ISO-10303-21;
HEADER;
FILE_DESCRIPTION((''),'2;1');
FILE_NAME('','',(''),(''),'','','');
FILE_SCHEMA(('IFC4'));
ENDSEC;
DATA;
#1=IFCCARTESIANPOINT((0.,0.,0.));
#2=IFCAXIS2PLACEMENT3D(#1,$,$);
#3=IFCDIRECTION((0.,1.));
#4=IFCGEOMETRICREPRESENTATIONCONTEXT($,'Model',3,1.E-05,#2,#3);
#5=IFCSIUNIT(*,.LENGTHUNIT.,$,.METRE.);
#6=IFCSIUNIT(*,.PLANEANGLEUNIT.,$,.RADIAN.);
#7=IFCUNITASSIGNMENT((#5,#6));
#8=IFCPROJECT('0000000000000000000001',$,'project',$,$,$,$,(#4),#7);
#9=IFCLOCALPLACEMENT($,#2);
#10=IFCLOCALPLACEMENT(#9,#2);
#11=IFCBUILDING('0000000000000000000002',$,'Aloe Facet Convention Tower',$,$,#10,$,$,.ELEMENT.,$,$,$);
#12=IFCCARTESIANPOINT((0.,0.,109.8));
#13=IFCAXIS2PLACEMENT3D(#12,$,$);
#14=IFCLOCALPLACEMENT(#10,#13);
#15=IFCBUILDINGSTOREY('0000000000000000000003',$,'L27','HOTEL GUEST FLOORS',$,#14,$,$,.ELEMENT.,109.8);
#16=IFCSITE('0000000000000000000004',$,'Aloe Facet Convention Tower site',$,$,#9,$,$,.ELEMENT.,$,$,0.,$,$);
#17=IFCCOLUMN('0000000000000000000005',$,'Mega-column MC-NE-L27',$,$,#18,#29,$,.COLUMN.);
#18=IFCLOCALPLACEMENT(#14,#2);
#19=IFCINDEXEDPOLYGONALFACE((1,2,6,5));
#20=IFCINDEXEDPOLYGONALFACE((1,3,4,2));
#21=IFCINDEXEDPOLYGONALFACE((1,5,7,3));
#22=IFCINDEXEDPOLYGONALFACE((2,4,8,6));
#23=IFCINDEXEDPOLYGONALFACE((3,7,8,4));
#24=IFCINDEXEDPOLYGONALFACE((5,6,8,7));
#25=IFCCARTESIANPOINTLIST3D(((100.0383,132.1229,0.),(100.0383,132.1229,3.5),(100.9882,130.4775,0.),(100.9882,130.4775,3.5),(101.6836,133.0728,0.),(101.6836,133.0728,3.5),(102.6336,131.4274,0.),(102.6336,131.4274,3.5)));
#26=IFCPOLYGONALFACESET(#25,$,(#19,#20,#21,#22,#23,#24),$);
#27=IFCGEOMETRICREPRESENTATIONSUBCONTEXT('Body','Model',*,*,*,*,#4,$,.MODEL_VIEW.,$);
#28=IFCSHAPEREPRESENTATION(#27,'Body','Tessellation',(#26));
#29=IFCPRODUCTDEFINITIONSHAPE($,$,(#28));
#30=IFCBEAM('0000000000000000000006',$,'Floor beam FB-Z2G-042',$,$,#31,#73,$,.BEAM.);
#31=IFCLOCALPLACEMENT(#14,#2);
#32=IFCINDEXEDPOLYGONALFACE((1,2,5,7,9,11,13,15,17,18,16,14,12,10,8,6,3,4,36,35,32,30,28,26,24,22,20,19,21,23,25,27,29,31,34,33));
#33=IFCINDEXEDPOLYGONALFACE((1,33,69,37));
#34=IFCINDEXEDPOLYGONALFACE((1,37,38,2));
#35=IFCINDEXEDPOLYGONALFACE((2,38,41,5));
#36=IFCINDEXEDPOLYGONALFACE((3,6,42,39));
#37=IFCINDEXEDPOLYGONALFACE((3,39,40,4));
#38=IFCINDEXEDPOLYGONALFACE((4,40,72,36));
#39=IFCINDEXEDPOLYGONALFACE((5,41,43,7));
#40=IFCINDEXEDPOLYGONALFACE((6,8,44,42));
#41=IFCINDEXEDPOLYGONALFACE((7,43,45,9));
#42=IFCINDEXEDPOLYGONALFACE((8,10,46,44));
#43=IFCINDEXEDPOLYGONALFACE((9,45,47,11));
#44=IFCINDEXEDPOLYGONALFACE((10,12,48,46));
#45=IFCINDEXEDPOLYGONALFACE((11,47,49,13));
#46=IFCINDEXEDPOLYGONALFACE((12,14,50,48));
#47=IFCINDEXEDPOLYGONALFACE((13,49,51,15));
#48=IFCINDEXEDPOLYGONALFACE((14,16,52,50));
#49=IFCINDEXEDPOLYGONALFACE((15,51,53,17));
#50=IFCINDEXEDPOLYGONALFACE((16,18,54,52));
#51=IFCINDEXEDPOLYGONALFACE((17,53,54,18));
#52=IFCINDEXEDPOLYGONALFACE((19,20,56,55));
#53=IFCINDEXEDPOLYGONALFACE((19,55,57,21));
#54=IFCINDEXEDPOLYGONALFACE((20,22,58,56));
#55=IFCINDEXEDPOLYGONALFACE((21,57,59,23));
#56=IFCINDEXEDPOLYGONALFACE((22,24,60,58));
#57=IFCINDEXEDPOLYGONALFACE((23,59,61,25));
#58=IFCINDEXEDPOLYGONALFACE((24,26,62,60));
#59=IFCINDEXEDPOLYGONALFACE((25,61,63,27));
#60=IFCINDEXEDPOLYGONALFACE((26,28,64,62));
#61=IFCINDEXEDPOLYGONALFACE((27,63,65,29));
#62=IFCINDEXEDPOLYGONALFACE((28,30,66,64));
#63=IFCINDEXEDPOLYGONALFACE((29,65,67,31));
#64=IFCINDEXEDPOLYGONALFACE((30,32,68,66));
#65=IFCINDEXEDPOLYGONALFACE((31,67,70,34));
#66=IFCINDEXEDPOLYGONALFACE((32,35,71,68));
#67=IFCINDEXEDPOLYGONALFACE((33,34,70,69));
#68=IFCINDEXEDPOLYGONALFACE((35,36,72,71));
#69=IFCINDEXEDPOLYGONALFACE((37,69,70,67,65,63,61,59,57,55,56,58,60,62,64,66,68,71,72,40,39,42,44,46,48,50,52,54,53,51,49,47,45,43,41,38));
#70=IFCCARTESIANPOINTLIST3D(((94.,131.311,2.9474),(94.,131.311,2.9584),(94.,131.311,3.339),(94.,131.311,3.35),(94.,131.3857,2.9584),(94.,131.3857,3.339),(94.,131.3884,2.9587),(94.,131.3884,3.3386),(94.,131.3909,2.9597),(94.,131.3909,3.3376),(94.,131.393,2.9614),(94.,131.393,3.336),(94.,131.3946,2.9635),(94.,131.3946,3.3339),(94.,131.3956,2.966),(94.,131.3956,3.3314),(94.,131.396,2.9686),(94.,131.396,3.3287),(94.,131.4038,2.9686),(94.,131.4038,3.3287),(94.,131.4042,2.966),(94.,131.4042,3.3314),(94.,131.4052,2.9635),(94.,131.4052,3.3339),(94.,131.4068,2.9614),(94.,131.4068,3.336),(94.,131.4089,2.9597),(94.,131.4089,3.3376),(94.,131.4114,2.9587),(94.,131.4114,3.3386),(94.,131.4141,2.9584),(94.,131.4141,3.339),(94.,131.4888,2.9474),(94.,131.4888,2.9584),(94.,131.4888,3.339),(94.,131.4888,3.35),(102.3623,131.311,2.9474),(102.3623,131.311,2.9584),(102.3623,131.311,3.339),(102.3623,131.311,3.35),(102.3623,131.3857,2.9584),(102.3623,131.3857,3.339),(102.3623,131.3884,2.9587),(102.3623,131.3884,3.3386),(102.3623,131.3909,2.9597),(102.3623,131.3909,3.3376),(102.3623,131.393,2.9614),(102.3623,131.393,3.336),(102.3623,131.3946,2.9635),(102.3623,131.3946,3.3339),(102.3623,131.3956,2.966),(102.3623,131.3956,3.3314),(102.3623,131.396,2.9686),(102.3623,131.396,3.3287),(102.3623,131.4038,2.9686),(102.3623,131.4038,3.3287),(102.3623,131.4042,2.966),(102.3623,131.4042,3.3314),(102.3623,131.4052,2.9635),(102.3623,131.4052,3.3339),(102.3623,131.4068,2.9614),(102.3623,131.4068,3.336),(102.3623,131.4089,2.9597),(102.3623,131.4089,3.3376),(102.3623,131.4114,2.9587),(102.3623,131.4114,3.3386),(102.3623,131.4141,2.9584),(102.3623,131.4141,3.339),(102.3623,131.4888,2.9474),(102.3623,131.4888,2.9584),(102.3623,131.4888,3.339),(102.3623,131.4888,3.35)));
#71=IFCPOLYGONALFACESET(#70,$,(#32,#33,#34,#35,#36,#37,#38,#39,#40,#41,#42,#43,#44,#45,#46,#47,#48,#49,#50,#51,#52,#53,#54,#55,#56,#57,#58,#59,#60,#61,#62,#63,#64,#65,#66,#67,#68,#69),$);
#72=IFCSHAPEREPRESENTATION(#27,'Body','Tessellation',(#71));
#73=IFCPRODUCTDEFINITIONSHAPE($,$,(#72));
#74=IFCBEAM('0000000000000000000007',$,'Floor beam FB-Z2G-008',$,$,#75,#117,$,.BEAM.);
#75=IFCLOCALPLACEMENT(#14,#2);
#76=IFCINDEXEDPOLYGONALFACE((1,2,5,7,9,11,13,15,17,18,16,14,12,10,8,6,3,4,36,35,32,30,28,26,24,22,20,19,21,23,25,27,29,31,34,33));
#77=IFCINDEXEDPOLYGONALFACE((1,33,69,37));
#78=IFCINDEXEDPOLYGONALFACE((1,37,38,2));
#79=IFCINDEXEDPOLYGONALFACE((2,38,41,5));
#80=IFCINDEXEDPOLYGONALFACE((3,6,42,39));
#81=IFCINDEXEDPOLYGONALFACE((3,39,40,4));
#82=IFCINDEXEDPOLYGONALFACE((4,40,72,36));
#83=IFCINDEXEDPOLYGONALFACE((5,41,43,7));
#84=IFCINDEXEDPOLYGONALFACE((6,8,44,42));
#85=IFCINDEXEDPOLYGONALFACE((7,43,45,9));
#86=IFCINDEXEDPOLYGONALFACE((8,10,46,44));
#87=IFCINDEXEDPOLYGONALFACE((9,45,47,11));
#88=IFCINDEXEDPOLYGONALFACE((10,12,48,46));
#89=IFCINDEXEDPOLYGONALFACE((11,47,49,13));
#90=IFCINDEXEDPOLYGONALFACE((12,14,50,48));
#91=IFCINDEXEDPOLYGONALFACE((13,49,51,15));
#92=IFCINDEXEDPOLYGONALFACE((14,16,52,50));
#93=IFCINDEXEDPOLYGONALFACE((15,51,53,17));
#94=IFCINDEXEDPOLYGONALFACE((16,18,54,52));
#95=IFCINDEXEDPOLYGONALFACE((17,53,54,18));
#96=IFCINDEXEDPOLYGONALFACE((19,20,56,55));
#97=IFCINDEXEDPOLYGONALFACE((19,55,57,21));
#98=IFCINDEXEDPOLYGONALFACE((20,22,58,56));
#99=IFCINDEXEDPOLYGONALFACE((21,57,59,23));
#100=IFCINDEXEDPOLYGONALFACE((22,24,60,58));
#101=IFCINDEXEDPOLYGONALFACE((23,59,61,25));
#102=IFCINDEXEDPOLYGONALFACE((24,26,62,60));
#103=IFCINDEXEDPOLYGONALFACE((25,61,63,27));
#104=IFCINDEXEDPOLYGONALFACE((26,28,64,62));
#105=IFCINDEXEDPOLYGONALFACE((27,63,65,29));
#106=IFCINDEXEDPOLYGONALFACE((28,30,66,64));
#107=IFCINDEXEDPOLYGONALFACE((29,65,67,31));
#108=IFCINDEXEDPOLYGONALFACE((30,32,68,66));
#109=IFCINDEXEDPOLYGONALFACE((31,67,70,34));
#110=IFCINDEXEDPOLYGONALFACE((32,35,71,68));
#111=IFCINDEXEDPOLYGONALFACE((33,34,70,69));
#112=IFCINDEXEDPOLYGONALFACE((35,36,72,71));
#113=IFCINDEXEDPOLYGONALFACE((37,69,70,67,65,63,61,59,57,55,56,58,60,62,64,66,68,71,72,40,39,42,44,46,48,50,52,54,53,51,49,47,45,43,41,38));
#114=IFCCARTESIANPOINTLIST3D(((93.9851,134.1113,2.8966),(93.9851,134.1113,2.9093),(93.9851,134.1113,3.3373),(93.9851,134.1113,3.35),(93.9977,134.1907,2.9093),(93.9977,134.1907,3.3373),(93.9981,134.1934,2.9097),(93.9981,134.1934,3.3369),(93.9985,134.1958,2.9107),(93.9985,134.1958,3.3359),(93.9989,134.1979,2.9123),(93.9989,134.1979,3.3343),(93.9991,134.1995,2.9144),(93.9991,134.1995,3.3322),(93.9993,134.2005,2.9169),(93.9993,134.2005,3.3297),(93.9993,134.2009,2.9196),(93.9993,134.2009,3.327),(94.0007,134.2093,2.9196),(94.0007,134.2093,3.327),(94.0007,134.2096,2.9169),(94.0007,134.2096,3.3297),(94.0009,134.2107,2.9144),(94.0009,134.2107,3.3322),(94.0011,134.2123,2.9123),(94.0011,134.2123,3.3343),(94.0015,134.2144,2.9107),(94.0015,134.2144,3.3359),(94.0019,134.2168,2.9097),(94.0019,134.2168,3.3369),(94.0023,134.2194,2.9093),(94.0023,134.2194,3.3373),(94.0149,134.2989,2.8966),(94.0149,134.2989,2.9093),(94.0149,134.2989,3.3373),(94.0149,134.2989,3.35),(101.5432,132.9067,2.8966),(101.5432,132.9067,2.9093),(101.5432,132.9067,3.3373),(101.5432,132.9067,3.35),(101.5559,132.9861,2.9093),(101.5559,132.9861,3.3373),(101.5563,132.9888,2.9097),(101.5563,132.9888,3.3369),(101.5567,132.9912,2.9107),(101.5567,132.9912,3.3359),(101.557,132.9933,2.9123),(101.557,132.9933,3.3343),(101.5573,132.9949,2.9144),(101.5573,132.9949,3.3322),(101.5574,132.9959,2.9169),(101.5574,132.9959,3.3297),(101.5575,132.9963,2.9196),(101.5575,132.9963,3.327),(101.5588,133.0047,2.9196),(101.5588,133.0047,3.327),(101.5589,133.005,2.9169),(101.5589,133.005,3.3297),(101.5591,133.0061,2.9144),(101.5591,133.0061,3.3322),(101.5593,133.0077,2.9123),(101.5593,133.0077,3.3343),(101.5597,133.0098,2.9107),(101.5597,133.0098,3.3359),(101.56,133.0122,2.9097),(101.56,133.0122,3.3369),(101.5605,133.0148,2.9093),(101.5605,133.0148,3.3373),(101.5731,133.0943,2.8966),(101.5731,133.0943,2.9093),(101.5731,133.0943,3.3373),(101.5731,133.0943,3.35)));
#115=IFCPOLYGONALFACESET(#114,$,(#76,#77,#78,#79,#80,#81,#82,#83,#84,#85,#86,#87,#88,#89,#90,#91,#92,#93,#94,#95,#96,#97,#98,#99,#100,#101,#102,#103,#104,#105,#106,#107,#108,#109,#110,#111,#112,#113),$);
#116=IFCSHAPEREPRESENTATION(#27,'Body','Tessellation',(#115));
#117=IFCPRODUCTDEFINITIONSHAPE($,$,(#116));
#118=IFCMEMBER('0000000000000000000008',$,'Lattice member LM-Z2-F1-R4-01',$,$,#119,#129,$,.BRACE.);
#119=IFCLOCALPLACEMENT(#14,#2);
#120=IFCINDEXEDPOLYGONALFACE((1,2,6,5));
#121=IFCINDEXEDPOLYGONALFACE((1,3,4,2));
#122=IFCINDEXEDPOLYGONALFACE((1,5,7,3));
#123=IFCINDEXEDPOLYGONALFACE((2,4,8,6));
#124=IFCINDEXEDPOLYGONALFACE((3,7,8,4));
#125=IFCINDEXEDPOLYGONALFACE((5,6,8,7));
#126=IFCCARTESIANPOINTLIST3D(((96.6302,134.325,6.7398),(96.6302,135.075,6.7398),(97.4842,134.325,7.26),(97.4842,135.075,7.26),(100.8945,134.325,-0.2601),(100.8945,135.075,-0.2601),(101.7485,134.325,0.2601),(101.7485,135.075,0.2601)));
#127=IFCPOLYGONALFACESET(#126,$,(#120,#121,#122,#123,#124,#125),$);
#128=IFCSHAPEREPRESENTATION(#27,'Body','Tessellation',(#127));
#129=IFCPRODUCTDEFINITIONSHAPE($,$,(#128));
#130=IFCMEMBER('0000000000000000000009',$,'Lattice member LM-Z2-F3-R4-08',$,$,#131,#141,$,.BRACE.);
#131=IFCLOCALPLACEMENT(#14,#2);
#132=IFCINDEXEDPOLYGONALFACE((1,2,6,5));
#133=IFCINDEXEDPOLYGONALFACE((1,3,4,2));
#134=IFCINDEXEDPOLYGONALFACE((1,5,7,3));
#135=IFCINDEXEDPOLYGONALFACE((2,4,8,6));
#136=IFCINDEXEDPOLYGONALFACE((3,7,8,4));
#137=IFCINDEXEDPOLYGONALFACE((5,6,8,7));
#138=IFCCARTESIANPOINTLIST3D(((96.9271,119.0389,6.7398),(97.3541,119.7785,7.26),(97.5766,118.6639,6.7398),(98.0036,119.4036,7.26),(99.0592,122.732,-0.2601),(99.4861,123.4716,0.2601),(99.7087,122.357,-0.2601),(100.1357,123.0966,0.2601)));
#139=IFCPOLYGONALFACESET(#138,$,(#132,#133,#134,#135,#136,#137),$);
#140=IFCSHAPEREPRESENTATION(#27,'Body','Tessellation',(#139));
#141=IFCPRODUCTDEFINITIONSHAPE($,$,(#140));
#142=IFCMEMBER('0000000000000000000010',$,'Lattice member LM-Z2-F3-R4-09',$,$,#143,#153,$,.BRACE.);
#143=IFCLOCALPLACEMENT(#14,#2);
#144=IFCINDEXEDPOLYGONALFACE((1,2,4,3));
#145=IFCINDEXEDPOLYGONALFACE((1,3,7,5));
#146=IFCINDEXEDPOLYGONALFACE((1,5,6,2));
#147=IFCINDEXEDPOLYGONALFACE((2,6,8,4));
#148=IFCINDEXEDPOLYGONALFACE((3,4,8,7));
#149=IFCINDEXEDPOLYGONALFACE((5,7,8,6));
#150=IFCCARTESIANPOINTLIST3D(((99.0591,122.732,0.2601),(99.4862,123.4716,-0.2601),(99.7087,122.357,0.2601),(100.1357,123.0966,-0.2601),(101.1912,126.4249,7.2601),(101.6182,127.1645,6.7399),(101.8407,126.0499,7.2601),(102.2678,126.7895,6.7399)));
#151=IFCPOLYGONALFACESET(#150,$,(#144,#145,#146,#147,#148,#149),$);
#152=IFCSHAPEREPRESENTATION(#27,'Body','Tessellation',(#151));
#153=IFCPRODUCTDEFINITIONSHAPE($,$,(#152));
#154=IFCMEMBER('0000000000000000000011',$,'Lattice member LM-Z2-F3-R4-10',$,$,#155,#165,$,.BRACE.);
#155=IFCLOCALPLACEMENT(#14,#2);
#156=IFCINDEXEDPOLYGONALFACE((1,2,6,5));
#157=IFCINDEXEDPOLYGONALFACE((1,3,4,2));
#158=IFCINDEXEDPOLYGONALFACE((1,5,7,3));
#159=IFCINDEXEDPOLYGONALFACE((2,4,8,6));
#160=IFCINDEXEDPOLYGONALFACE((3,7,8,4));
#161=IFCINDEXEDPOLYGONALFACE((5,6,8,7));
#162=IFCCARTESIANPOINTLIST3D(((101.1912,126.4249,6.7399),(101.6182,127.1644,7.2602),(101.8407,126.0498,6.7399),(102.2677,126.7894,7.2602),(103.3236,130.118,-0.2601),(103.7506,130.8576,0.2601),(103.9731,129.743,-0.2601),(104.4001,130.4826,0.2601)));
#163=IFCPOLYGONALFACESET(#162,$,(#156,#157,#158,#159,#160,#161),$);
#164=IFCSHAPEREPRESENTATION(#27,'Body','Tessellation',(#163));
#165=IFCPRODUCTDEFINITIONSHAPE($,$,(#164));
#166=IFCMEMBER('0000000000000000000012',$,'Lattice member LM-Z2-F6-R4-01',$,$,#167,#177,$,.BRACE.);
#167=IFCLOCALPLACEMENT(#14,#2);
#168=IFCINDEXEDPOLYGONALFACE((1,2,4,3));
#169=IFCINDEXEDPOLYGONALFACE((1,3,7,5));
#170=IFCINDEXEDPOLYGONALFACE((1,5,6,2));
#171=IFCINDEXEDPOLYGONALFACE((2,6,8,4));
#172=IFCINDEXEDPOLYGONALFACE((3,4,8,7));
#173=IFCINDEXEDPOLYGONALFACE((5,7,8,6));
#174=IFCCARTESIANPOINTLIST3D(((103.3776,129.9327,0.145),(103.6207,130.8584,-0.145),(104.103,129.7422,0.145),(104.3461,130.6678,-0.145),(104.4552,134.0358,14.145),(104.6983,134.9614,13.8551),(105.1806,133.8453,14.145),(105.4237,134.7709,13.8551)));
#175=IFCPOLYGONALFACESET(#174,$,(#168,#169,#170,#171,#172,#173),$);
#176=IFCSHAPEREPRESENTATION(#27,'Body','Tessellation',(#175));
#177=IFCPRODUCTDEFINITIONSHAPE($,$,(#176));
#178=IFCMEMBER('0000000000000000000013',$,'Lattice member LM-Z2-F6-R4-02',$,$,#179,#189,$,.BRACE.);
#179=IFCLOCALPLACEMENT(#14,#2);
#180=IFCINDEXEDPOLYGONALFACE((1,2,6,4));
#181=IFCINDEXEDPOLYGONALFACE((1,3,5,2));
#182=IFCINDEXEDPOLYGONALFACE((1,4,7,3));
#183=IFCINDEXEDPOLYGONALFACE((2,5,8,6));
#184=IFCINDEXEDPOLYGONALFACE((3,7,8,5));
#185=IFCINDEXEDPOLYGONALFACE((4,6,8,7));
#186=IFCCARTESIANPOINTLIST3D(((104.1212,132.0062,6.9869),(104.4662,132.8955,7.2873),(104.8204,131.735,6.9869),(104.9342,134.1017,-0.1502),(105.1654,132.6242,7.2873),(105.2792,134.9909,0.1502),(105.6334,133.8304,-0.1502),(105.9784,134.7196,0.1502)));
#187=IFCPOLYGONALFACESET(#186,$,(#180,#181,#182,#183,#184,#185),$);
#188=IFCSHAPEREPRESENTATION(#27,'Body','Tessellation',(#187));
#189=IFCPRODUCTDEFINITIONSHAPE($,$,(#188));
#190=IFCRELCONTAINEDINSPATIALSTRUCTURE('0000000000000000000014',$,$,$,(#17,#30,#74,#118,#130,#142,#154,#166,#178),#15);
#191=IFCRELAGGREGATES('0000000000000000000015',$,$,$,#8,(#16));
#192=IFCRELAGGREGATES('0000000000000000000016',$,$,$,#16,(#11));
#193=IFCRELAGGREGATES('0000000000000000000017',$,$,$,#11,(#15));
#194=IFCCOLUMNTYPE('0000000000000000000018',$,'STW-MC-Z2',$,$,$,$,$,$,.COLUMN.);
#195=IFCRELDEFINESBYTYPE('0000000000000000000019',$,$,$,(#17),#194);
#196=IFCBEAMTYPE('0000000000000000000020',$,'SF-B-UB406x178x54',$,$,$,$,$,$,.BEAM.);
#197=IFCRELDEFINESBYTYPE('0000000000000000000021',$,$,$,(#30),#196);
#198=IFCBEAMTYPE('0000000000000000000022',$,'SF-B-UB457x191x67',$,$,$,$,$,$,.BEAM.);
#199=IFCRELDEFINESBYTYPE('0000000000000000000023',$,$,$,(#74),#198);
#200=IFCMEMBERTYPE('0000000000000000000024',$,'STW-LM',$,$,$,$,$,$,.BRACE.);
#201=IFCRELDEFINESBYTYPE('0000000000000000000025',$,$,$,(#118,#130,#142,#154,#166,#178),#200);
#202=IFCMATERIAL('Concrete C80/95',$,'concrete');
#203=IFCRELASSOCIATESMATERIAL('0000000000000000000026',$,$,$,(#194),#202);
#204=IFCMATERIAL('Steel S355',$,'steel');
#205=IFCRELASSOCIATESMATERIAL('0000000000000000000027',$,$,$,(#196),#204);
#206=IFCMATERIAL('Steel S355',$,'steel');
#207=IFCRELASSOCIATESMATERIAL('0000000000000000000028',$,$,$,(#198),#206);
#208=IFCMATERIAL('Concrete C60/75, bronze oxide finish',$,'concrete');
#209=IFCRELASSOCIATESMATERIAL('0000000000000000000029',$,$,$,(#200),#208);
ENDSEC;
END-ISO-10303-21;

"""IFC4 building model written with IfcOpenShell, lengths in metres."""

from ifc_helpers import new_model, si_unit, direction, frame, origin, origin_2d, place, context, subcontext, project, spatial, rectangle, i_section, extrude, material, material_profile, profile_set, type_object, element, save


model = new_model("IFC4")

# Units and contexts
model_context = context("Model", 3, precision=1e-05, world=origin(), true_north=direction((0.0, 1.0)))
body_context = subcontext(model_context, "Body", "Model", "MODEL_VIEW")
ifc_project = project(units=[si_unit("LENGTHUNIT", "METRE"), si_unit("PLANEANGLEUNIT", "RADIAN")], contexts=[model_context])

# Site, building, storey
site_placement = place(None, origin())
site = spatial("IfcSite", under=ifc_project, at=site_placement, Name="Aloe Facet Convention Tower site", CompositionType="ELEMENT", RefElevation=0.0)
building_placement = place(site_placement, origin())
building = spatial("IfcBuilding", under=site, at=building_placement, Name="Aloe Facet Convention Tower", CompositionType="ELEMENT")
storey_placement = place(building_placement, frame((0.0, 0.0, 109.8)))
storey = spatial("IfcBuildingStorey", under=building, at=storey_placement, Name="L27", Description="HOTEL GUEST FLOORS", CompositionType="ELEMENT", Elevation=109.8)

# Column
ifc_material_1 = material(Name="Concrete C80/95", Category="concrete")
ifc_material_profile_1 = material_profile(ifc_material_1, rectangle(XDim=1.8999, YDim=1.8999, at=origin_2d()), Name="STW-MC-Z2")
ifc_profile_set_1 = profile_set([ifc_material_profile_1], Name="Concrete C80/95")
column_type = type_object("IfcColumnType", Name="STW-MC-Z2", PredefinedType="COLUMN", material=ifc_profile_set_1)
column_placement = place(storey_placement, frame((101.3359, 131.7751, 0.0), z_axis=(0.0, 0.0, 1.0), x_axis=(-0.5, 0.866025, 0.0)))
element("IfcColumn", 1, at=column_placement, inside=storey, type_object=column_type, Name="Mega-column MC-NE-L27", PredefinedType="COLUMN", context=body_context, shape_type="SweptSolid", body=[
    extrude(rectangle(XDim=1.8999, YDim=1.8999, at=origin_2d()), origin(), (0.0, 0.0, 1.0), 3.5),
])

# Beams
ifc_material_2 = material(Name="Steel S355", Category="steel")
ifc_material_profile_2 = material_profile(ifc_material_2, i_section(OverallWidth=0.1777, OverallDepth=0.4026, WebThickness=0.0078, FlangeThickness=0.011, FilletRadius=0.0103, at=origin_2d()), Name="UB 406x178x54")
ifc_profile_set_2 = profile_set([ifc_material_profile_2], Name="Steel S355")
beam_type_1 = type_object("IfcBeamType", Name="SF-B-UB406x178x54", PredefinedType="BEAM", material=ifc_profile_set_2)
beam_1_placement = place(storey_placement, frame((94.0, 131.3999, 3.1487), z_axis=(1.0, 0.0, 0.0), x_axis=(0.0, 1.0, 0.0)))
element("IfcBeam", 2, at=beam_1_placement, inside=storey, type_object=beam_type_1, Name="Floor beam FB-Z2G-042", PredefinedType="BEAM", context=body_context, shape_type="SweptSolid", body=[
    extrude(i_section(OverallWidth=0.1777, OverallDepth=0.4026, WebThickness=0.0078, FlangeThickness=0.011, FilletRadius=0.0103, at=origin_2d()), origin(), (0.0, 0.0, 1.0), 8.3623),
])
ifc_material_3 = material(Name="Steel S355", Category="steel")
ifc_material_profile_3 = material_profile(ifc_material_3, i_section(OverallWidth=0.1899, OverallDepth=0.4534, WebThickness=0.0085, FlangeThickness=0.0127, FilletRadius=0.0103, at=origin_2d()), Name="UB 457x191x67")
ifc_profile_set_3 = profile_set([ifc_material_profile_3], Name="Steel S355")
beam_type_2 = type_object("IfcBeamType", Name="SF-B-UB457x191x67", PredefinedType="BEAM", material=ifc_profile_set_3)
beam_2_placement = place(storey_placement, frame((94.0, 134.2051, 3.1233), z_axis=(0.987536, -0.157391, 0.0), x_axis=(0.157391, 0.987536, 0.0)))
element("IfcBeam", 3, at=beam_2_placement, inside=storey, type_object=beam_type_2, Name="Floor beam FB-Z2G-008", PredefinedType="BEAM", context=body_context, shape_type="SweptSolid", body=[
    extrude(i_section(OverallWidth=0.1899, OverallDepth=0.4534, WebThickness=0.0085, FlangeThickness=0.0127, FilletRadius=0.0103, at=origin_2d()), origin(), (0.0, 0.0, 1.0), 7.6536),
])

# Members
ifc_material_4 = material(Name="Concrete C60/75, bronze oxide finish", Category="concrete")
ifc_material_profile_4 = material_profile(ifc_material_4, rectangle(XDim=0.75, YDim=1.0, at=origin_2d()), Name="STW-LM")
ifc_profile_set_4 = profile_set([ifc_material_profile_4], Name="Concrete C60/75, bronze oxide finish")
member_type = type_object("IfcMemberType", Name="STW-LM", PredefinedType="BRACE", material=ifc_profile_set_4)
for number, where, z_axis, x_axis, name in (
    (4, (101.3215, 134.7, 0.0), (-0.520262, 0.0, 0.854007), (0.0, -1.0, 0.0), "Lattice member LM-Z2-F1-R4-01"),
    (5, (99.5974, 122.9143, 0.0), (-0.260116, -0.450565, 0.854009), (0.86604, -0.499975, 0.0), "Lattice member LM-Z2-F3-R4-08"),
    (6, (99.5974, 122.9143, 0.0), (0.26012, 0.450541, 0.85402), (-0.866025, 0.5, 0.0), "Lattice member LM-Z2-F3-R4-09"),
):
    element("IfcMember", number, at=place(storey_placement, frame(where, z_axis=z_axis, x_axis=x_axis)), inside=storey, type_object=member_type, Name=name, PredefinedType="BRACE", context=body_context, shape_type="SweptSolid", body=[
        extrude(rectangle(XDim=0.75, YDim=1.0, at=origin_2d()), origin(), (0.0, 0.0, 1.0), 8.1965),
    ])
member_1_placement = place(storey_placement, frame((103.8618, 130.3003, 0.0), z_axis=(-0.260144, -0.450561, 0.854002), x_axis=(0.866015, -0.500018, 0.0)))
element("IfcMember", 7, at=member_1_placement, inside=storey, type_object=member_type, Name="Lattice member LM-Z2-F3-R4-10", PredefinedType="BRACE", context=body_context, shape_type="SweptSolid", body=[
    extrude(rectangle(XDim=0.75, YDim=1.0, at=origin_2d()), origin(), (0.0, 0.0, 1.0), 8.1968),
])
member_2_placement = place(storey_placement, frame((103.8618, 130.3003, 0.0), z_axis=(0.073666, 0.28048, 0.957029), x_axis=(-0.967197, 0.254029, 0.0)))
element("IfcMember", 8, at=member_2_placement, inside=storey, type_object=member_type, Name="Lattice member LM-Z2-F6-R4-01", PredefinedType="BRACE", context=body_context, shape_type="SweptSolid", body=[
    extrude(rectangle(XDim=0.75, YDim=1.0, at=origin_2d()), origin(), (0.0, 0.0, 1.0), 14.6287),
])
member_3_placement = place(storey_placement, frame((105.4563, 134.4106, 0.0), z_axis=(-0.108648, -0.280038, 0.953821), x_axis=(0.932292, -0.361707, 0.0)))
element("IfcMember", 9, at=member_3_placement, inside=storey, type_object=member_type, Name="Lattice member LM-Z2-F6-R4-02", PredefinedType="BRACE", context=body_context, shape_type="SweptSolid", body=[
    extrude(rectangle(XDim=0.75, YDim=1.0, at=origin_2d()), origin(), (0.0, 0.0, 1.0), 7.4827),
])

save(model, "model.ifc")
